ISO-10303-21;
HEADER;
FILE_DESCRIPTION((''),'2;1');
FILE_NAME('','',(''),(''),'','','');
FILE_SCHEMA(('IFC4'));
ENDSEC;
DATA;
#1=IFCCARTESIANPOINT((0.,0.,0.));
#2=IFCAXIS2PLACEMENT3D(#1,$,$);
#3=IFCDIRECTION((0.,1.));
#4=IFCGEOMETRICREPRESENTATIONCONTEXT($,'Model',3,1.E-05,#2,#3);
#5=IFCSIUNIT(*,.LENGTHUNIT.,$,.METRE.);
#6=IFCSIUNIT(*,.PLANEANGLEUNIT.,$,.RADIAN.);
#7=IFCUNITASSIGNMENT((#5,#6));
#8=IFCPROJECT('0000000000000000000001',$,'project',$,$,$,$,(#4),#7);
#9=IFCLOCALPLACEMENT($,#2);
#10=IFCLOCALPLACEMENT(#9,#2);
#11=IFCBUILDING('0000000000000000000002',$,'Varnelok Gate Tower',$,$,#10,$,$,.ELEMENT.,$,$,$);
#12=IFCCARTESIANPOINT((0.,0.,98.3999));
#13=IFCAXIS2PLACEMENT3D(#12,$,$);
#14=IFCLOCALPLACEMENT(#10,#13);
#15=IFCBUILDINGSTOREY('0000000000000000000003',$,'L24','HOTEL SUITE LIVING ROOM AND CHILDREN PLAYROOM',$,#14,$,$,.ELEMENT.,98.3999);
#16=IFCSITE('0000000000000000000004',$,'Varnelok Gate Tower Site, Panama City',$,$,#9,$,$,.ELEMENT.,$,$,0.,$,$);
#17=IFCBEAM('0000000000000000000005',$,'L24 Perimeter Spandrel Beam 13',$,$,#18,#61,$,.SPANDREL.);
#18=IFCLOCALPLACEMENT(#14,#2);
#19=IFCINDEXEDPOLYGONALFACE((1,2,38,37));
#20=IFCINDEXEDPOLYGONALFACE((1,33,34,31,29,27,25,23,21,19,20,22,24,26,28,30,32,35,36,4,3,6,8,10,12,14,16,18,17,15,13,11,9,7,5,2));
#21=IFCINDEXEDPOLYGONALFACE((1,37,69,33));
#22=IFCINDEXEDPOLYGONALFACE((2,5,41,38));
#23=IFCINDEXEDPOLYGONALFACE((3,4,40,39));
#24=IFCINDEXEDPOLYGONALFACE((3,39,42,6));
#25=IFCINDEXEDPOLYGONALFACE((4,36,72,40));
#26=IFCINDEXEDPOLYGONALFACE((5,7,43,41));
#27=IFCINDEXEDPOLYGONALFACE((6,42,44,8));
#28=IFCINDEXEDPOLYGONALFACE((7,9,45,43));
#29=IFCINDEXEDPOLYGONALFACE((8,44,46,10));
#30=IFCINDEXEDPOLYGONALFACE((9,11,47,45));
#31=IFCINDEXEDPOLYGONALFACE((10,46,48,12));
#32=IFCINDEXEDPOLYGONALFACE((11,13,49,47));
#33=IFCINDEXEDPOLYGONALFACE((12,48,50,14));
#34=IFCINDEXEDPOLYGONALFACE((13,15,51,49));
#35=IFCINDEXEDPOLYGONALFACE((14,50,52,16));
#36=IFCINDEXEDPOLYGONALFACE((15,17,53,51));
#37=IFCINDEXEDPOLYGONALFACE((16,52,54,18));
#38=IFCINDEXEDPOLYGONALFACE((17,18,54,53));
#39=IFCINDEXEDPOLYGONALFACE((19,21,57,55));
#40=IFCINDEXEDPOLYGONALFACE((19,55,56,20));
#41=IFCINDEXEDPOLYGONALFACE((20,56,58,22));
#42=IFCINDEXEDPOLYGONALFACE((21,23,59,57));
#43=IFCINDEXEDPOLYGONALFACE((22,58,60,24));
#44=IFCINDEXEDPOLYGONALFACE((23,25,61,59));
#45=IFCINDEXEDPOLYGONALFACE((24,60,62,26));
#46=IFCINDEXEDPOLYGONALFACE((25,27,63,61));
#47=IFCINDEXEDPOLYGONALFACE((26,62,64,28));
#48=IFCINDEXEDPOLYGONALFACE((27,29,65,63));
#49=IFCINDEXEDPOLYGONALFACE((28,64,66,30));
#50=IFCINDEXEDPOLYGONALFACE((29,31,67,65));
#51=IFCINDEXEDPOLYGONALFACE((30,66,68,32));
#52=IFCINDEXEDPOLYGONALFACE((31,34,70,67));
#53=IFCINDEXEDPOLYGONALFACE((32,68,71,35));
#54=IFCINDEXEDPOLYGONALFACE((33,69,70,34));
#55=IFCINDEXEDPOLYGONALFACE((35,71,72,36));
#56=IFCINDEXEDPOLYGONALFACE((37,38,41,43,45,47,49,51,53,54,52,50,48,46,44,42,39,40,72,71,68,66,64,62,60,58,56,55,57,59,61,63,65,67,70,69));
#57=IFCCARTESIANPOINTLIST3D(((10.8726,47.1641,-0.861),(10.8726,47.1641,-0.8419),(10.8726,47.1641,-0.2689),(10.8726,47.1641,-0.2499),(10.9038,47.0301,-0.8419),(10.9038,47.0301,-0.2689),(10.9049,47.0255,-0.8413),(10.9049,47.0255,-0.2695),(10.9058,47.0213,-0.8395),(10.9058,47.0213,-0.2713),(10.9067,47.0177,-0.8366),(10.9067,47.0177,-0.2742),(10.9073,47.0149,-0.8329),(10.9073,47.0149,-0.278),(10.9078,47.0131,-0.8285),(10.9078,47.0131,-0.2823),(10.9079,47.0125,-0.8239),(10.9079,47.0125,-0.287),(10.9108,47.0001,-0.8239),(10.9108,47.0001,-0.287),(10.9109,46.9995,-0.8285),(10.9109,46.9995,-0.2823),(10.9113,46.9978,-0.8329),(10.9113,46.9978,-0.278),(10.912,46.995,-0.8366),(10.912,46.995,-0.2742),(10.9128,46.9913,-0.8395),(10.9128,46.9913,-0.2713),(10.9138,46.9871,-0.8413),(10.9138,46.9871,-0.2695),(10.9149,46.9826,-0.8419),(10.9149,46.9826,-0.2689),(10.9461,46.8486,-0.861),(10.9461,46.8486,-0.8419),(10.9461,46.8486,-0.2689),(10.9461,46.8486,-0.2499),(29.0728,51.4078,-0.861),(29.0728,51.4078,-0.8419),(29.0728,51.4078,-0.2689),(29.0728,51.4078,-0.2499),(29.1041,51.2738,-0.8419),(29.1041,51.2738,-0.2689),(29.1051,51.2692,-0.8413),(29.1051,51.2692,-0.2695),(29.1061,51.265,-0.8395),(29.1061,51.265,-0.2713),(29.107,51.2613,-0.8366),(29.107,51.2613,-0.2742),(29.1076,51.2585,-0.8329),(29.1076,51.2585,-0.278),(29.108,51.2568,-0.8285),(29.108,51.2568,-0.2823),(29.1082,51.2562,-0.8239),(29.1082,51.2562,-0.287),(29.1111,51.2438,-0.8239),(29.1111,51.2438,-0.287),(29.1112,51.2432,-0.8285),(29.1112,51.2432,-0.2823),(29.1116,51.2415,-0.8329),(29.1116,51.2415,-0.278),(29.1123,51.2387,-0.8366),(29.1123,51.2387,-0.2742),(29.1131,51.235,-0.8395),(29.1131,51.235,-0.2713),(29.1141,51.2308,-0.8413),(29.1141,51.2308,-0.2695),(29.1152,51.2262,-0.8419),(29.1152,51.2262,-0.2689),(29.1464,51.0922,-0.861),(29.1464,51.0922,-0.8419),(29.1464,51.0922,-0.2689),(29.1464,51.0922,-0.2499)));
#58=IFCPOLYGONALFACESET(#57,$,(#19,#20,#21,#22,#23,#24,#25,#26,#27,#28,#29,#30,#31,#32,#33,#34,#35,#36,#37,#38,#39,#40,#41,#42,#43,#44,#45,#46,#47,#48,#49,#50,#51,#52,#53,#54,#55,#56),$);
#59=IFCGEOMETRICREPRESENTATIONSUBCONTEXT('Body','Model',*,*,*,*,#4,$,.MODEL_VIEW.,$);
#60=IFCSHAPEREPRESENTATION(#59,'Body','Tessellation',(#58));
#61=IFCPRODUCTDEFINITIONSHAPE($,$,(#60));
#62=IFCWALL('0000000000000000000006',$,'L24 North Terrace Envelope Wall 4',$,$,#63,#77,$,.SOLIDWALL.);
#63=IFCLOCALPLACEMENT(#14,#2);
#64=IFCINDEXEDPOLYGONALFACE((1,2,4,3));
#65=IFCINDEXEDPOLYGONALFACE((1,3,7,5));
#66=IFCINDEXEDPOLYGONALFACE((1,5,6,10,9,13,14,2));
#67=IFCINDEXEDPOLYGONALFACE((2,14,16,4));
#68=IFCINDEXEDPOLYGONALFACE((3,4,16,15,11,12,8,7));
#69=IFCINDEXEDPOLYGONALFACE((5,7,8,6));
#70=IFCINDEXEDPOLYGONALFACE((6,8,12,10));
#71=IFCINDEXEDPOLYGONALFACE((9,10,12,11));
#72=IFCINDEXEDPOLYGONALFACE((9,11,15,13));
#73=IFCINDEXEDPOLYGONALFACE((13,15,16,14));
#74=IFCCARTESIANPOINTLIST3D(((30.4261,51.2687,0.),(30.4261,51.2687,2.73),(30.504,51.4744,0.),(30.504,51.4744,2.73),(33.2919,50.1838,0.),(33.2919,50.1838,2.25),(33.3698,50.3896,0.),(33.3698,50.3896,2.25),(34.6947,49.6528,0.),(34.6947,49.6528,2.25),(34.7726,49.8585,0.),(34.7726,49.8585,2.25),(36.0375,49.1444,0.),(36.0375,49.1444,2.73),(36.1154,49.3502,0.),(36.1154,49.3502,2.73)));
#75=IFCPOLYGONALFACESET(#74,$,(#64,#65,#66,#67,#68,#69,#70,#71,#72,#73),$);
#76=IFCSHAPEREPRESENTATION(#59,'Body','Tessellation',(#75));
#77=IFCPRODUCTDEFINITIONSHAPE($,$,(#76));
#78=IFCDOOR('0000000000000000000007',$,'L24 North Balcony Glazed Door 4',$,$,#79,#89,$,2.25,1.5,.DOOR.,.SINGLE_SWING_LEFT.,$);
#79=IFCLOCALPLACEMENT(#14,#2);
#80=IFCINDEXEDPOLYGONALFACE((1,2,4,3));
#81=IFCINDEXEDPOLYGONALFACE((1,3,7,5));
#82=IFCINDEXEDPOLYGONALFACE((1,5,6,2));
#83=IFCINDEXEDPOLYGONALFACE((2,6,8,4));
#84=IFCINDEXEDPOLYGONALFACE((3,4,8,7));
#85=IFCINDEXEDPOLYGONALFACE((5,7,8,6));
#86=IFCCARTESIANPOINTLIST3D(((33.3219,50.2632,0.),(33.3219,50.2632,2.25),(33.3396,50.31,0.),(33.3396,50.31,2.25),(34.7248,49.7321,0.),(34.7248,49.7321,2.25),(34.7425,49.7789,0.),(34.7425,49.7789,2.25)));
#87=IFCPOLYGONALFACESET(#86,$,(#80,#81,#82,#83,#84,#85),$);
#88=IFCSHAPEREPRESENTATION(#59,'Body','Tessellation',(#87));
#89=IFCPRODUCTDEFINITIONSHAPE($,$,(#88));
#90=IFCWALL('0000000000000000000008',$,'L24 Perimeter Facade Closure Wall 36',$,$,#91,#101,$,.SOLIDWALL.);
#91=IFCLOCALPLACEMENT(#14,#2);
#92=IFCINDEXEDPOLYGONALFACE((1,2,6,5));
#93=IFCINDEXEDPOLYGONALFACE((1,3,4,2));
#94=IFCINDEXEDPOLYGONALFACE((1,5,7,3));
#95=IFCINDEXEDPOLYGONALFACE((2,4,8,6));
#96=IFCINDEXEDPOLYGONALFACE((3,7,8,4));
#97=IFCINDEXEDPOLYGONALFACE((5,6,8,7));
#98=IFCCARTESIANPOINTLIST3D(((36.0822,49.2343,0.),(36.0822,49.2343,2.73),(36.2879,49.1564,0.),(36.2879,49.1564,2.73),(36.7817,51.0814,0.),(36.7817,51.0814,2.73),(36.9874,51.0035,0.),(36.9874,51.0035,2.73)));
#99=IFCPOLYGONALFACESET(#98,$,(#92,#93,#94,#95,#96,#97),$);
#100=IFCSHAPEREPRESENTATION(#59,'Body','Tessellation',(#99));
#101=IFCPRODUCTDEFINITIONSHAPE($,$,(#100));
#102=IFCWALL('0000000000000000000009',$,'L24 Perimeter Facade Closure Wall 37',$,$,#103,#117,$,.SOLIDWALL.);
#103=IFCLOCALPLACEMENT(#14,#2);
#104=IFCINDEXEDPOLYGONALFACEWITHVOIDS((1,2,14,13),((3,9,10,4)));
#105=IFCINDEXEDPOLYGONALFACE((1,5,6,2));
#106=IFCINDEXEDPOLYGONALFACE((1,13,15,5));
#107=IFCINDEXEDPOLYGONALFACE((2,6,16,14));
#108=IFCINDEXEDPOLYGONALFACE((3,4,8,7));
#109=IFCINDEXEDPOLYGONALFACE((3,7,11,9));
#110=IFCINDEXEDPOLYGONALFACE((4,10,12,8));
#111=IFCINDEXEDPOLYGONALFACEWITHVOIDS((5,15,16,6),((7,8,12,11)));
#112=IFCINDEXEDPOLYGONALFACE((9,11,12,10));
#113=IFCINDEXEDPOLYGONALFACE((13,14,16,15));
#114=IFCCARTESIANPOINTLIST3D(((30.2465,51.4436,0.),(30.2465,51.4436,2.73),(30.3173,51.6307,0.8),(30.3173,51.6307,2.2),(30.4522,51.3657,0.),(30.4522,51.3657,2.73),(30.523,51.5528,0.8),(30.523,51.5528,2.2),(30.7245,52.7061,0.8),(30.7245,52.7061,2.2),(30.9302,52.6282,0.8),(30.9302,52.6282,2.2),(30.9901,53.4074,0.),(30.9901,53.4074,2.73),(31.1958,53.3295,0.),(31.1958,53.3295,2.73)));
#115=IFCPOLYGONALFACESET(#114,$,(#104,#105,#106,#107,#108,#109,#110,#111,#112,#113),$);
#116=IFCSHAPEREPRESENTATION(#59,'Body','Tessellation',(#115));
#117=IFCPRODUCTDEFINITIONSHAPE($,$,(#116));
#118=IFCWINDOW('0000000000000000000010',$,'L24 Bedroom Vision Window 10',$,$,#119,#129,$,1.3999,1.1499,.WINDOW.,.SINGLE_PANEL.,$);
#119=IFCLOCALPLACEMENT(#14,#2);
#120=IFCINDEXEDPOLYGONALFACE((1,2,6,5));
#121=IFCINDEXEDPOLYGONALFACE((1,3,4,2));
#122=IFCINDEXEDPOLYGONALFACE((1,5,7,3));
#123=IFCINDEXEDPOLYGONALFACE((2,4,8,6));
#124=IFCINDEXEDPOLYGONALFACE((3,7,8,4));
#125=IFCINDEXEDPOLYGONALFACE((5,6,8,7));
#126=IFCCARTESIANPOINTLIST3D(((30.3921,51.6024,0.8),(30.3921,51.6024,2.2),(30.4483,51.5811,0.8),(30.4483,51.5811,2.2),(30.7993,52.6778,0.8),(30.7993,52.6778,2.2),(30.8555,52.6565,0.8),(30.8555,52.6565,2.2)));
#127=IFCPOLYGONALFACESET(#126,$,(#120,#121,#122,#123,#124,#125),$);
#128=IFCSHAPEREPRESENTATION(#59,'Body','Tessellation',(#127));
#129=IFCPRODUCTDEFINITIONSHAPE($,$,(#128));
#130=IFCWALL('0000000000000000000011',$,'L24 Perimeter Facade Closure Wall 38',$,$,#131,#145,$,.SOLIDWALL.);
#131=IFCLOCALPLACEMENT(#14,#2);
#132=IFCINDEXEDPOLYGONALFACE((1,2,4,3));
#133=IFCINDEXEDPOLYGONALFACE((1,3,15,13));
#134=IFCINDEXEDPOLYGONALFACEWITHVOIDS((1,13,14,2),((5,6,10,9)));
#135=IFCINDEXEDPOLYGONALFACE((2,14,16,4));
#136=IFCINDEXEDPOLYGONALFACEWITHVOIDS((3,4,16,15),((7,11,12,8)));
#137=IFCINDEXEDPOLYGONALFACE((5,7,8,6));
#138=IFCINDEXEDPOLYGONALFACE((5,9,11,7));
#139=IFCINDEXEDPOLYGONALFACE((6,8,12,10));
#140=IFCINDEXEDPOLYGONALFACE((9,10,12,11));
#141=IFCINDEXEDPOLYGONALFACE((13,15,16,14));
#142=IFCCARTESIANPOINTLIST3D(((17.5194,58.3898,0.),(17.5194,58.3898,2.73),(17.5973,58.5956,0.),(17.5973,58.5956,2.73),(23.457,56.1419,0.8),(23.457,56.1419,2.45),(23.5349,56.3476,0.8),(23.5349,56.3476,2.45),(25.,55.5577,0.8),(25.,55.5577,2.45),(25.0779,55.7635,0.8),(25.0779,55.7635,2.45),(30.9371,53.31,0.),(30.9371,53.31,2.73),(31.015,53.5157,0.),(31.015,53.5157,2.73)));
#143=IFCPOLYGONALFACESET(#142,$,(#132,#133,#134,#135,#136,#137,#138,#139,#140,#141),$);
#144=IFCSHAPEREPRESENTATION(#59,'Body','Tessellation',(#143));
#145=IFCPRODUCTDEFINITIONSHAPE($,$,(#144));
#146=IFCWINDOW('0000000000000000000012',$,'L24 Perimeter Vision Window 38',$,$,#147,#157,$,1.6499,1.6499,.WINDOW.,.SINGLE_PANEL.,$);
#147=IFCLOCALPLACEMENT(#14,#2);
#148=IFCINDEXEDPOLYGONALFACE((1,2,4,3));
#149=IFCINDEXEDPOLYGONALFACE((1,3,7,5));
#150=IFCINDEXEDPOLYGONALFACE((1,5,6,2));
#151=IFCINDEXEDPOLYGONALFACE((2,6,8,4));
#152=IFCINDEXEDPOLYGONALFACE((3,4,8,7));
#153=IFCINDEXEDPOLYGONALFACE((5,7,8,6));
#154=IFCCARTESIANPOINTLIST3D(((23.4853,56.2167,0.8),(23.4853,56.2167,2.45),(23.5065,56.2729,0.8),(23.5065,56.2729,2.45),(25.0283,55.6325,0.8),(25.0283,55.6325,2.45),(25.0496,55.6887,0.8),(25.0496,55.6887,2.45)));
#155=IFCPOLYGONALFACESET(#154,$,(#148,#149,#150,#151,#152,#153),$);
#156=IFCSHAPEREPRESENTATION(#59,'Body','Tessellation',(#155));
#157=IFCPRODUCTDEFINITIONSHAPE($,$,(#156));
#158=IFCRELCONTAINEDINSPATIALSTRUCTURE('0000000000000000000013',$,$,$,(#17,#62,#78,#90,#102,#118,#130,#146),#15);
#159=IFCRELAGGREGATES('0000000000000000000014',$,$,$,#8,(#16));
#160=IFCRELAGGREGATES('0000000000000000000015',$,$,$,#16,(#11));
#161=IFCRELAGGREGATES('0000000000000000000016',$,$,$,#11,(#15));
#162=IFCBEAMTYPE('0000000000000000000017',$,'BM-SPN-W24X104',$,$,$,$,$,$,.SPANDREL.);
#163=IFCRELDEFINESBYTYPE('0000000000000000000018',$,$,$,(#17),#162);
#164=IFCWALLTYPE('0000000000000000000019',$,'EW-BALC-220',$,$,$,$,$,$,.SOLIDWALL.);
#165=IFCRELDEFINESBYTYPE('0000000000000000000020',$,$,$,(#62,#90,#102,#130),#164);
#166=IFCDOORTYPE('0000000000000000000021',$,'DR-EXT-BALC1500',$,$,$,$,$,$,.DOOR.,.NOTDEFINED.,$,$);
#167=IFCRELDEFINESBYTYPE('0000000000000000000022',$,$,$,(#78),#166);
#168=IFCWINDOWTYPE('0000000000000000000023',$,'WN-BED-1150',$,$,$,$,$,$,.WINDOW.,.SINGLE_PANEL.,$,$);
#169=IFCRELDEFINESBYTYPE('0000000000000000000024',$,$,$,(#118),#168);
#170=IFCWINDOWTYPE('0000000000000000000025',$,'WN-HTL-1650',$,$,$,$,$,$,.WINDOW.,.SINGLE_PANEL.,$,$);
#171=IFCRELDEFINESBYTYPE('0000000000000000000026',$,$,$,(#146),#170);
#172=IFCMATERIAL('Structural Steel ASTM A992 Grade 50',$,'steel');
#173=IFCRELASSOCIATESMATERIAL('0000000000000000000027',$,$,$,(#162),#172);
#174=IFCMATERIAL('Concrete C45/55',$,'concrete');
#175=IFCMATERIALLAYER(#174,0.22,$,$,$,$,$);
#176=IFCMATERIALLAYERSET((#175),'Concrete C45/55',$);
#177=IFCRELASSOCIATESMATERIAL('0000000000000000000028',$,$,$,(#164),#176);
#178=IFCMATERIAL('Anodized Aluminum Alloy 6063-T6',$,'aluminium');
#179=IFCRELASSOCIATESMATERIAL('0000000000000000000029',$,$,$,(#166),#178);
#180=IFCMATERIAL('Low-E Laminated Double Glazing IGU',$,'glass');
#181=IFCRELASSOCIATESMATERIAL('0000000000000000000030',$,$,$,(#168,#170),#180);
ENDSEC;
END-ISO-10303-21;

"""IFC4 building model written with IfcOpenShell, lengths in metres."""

from ifc_helpers import new_model, si_unit, direction, frame, frame_2d, origin, origin_2d, place, context, subcontext, project, spatial, rectangle, i_section, extrude, material, layer, layer_set, material_profile, profile_set, type_object, element, fill, save


model = new_model("IFC4")

# Units and contexts
model_context = context("Model", 3, precision=1e-05, world=origin(), true_north=direction((0.0, 1.0)))
body_context = subcontext(model_context, "Body", "Model", "MODEL_VIEW")
ifc_project = project(units=[si_unit("LENGTHUNIT", "METRE"), si_unit("PLANEANGLEUNIT", "RADIAN")], contexts=[model_context])

# Site, building, storey
site_placement = place(None, origin())
site = spatial("IfcSite", under=ifc_project, at=site_placement, Name="Varnelok Gate Tower Site, Panama City", CompositionType="ELEMENT", RefElevation=0.0)
building_placement = place(site_placement, origin())
building = spatial("IfcBuilding", under=site, at=building_placement, Name="Varnelok Gate Tower", CompositionType="ELEMENT")
storey_placement = place(building_placement, frame((0.0, 0.0, 98.3999)))
storey = spatial("IfcBuildingStorey", under=building, at=storey_placement, Name="L24", Description="HOTEL SUITE LIVING ROOM AND CHILDREN PLAYROOM", CompositionType="ELEMENT", Elevation=98.3999)

# Shared definitions
ifc_material_1 = material(Name="Structural Steel ASTM A992 Grade 50", Category="steel")

# Beam
ifc_material_profile_1 = material_profile(ifc_material_1, i_section(OverallWidth=0.324, OverallDepth=0.6111, WebThickness=0.0127, FlangeThickness=0.019, FilletRadius=0.0181, at=origin_2d()), Name="W24X104")
ifc_profile_set_1 = profile_set([ifc_material_profile_1], Name="Structural Steel ASTM A992 Grade 50")
beam_type_1 = type_object("IfcBeamType", Name="BM-SPN-W24X104", PredefinedType="SPANDREL", material=ifc_profile_set_1)
beam_1_placement = place(storey_placement, frame((29.1096, 51.25, -0.5554), z_axis=(-0.973877, -0.227074, 0.0), x_axis=(0.227074, -0.973877, 0.0)))
element("IfcBeam", 1, at=beam_1_placement, inside=storey, type_object=beam_type_1, Name="L24 Perimeter Spandrel Beam 13", PredefinedType="SPANDREL", context=body_context, shape_type="SweptSolid", body=[
    extrude(i_section(OverallWidth=0.324, OverallDepth=0.6111, WebThickness=0.0127, FlangeThickness=0.019, FilletRadius=0.0181, at=origin_2d()), origin(), (0.0, 0.0, 1.0), 18.6885),
])

# Wall, opening, door
ifc_material_2 = material(Name="Concrete C45/55", Category="concrete")
ifc_layer_1 = layer(ifc_material_2, 0.22)
ifc_layer_set_1 = layer_set([ifc_layer_1], Name="Concrete C45/55")
wall_type_1 = type_object("IfcWallType", Name="EW-BALC-220", PredefinedType="SOLIDWALL", material=ifc_layer_set_1)
wall_1_placement = place(storey_placement, frame((30.4651, 51.3716, 0.0), z_axis=(0.0, 0.0, 1.0), x_axis=(0.935228, -0.354047, 0.0)))
wall_1 = element("IfcWall", 2, at=wall_1_placement, inside=storey, type_object=wall_type_1, Name="L24 North Terrace Envelope Wall 4", PredefinedType="SOLIDWALL", context=body_context, shape_type="SweptSolid", body=[
    extrude(rectangle(XDim=6.0, YDim=0.22, at=frame_2d((3.0, 0.0))), origin(), (0.0, 0.0, 1.0), 2.73),
])
opening_1_placement = place(wall_1_placement, frame((3.0642, 0.0, 0.0)))
opening_1 = element("IfcOpeningElement", 3, at=opening_1_placement, cuts=wall_1, PredefinedType="OPENING", context=body_context, shape_type="SweptSolid", body=[
    extrude(rectangle(XDim=1.5, YDim=2.25, at=frame_2d((0.75, 1.125))), frame((0.0, 0.1199, 0.0), z_axis=(0.0, -1.0, 0.0), x_axis=(1.0, 0.0, 0.0)), (0.0, 0.0, 1.0), 0.24),
])
ifc_material_3 = material(Name="Anodized Aluminum Alloy 6063-T6", Category="aluminium")
door_type_1 = type_object("IfcDoorType", Name="DR-EXT-BALC1500", OperationType="NOTDEFINED", PredefinedType="DOOR", material=ifc_material_3)
door_1_placement = place(opening_1_placement, origin())
door_1 = element("IfcDoor", 4, at=door_1_placement, inside=storey, type_object=door_type_1, Name="L24 North Balcony Glazed Door 4", OperationType="SINGLE_SWING_LEFT", OverallHeight=2.25, OverallWidth=1.5, PredefinedType="DOOR", context=body_context, shape_type="SweptSolid", body=[
    extrude(rectangle(XDim=1.5, YDim=2.25, at=frame_2d((0.75, 1.125))), frame((0.0, 0.0249, 0.0), z_axis=(0.0, -1.0, 0.0), x_axis=(1.0, 0.0, 0.0)), (0.0, 0.0, 1.0), 0.05),
])
fill(opening_1, door_1)

# Wall
wall_2_placement = place(storey_placement, frame((36.8845, 51.0425, 0.0), z_axis=(0.0, 0.0, 1.0), x_axis=(-0.354129, -0.935197, 0.0)))
element("IfcWall", 5, at=wall_2_placement, inside=storey, type_object=wall_type_1, Name="L24 Perimeter Facade Closure Wall 36", PredefinedType="SOLIDWALL", context=body_context, shape_type="SweptSolid", body=[
    extrude(rectangle(XDim=1.9751, YDim=0.22, at=frame_2d((0.9875, 0.0))), origin(), (0.0, 0.0, 1.0), 2.73),
])

# Walls, openings, windows
wall_3_placement = place(storey_placement, frame((30.3494, 51.4048, 0.0), z_axis=(0.0, 0.0, 1.0), x_axis=(0.354128, 0.935197, 0.0)))
wall_3 = element("IfcWall", 6, at=wall_3_placement, inside=storey, type_object=wall_type_1, Name="L24 Perimeter Facade Closure Wall 37", PredefinedType="SOLIDWALL", context=body_context, shape_type="SweptSolid", body=[
    extrude(rectangle(XDim=2.0999, YDim=0.22, at=frame_2d((1.0498, 0.0))), origin(), (0.0, 0.0, 1.0), 2.73),
])
opening_2_placement = place(wall_3_placement, frame((0.2, 0.0, 0.8)))
opening_2 = element("IfcOpeningElement", 7, at=opening_2_placement, cuts=wall_3, PredefinedType="OPENING", context=body_context, shape_type="SweptSolid", body=[
    extrude(rectangle(XDim=1.1499, YDim=1.3999, at=frame_2d((0.575, 0.7))), frame((0.0, 0.1199, 0.0), z_axis=(0.0, -1.0, 0.0), x_axis=(1.0, 0.0, 0.0)), (0.0, 0.0, 1.0), 0.24),
])
ifc_material_4 = material(Name="Low-E Laminated Double Glazing IGU", Category="glass")
window_type_1 = type_object("IfcWindowType", Name="WN-BED-1150", PartitioningType="SINGLE_PANEL", PredefinedType="WINDOW", material=ifc_material_4)
window_1_placement = place(opening_2_placement, origin())
window_1 = element("IfcWindow", 8, at=window_1_placement, inside=storey, type_object=window_type_1, Name="L24 Bedroom Vision Window 10", OverallHeight=1.3999, OverallWidth=1.1499, PartitioningType="SINGLE_PANEL", PredefinedType="WINDOW", context=body_context, shape_type="SweptSolid", body=[
    extrude(rectangle(XDim=1.1499, YDim=1.3999, at=frame_2d((0.575, 0.7))), frame((0.0, 0.03, 0.0), z_axis=(0.0, -1.0, 0.0), x_axis=(1.0, 0.0, 0.0)), (0.0, 0.0, 1.0), 0.0601),
])
fill(opening_2, window_1)
wall_4_placement = place(storey_placement, frame((30.9761, 53.4128, 0.0), z_axis=(0.0, 0.0, 1.0), x_axis=(-0.93522, 0.354066, 0.0)))
wall_4 = element("IfcWall", 9, at=wall_4_placement, inside=storey, type_object=wall_type_1, Name="L24 Perimeter Facade Closure Wall 38", PredefinedType="SOLIDWALL", context=body_context, shape_type="SweptSolid", body=[
    extrude(rectangle(XDim=14.3472, YDim=0.22, at=frame_2d((7.1736, 0.0))), origin(), (0.0, 0.0, 1.0), 2.73),
])
opening_3_placement = place(wall_4_placement, frame((6.3484, 0.0, 0.8)))
opening_3 = element("IfcOpeningElement", 10, at=opening_3_placement, cuts=wall_4, PredefinedType="OPENING", context=body_context, shape_type="SweptSolid", body=[
    extrude(rectangle(XDim=1.6499, YDim=1.6499, at=frame_2d((0.825, 0.825))), frame((0.0, 0.1199, 0.0), z_axis=(0.0, -1.0, 0.0), x_axis=(1.0, 0.0, 0.0)), (0.0, 0.0, 1.0), 0.24),
])
window_type_2 = type_object("IfcWindowType", Name="WN-HTL-1650", PartitioningType="SINGLE_PANEL", PredefinedType="WINDOW", material=ifc_material_4)
window_2_placement = place(opening_3_placement, origin())
window_2 = element("IfcWindow", 11, at=window_2_placement, inside=storey, type_object=window_type_2, Name="L24 Perimeter Vision Window 38", OverallHeight=1.6499, OverallWidth=1.6499, PartitioningType="SINGLE_PANEL", PredefinedType="WINDOW", context=body_context, shape_type="SweptSolid", body=[
    extrude(rectangle(XDim=1.6499, YDim=1.6499, at=frame_2d((0.825, 0.825))), frame((0.0, 0.03, 0.0), z_axis=(0.0, -1.0, 0.0), x_axis=(1.0, 0.0, 0.0)), (0.0, 0.0, 1.0), 0.0601),
])
fill(opening_3, window_2)

save(model, "model.ifc")
